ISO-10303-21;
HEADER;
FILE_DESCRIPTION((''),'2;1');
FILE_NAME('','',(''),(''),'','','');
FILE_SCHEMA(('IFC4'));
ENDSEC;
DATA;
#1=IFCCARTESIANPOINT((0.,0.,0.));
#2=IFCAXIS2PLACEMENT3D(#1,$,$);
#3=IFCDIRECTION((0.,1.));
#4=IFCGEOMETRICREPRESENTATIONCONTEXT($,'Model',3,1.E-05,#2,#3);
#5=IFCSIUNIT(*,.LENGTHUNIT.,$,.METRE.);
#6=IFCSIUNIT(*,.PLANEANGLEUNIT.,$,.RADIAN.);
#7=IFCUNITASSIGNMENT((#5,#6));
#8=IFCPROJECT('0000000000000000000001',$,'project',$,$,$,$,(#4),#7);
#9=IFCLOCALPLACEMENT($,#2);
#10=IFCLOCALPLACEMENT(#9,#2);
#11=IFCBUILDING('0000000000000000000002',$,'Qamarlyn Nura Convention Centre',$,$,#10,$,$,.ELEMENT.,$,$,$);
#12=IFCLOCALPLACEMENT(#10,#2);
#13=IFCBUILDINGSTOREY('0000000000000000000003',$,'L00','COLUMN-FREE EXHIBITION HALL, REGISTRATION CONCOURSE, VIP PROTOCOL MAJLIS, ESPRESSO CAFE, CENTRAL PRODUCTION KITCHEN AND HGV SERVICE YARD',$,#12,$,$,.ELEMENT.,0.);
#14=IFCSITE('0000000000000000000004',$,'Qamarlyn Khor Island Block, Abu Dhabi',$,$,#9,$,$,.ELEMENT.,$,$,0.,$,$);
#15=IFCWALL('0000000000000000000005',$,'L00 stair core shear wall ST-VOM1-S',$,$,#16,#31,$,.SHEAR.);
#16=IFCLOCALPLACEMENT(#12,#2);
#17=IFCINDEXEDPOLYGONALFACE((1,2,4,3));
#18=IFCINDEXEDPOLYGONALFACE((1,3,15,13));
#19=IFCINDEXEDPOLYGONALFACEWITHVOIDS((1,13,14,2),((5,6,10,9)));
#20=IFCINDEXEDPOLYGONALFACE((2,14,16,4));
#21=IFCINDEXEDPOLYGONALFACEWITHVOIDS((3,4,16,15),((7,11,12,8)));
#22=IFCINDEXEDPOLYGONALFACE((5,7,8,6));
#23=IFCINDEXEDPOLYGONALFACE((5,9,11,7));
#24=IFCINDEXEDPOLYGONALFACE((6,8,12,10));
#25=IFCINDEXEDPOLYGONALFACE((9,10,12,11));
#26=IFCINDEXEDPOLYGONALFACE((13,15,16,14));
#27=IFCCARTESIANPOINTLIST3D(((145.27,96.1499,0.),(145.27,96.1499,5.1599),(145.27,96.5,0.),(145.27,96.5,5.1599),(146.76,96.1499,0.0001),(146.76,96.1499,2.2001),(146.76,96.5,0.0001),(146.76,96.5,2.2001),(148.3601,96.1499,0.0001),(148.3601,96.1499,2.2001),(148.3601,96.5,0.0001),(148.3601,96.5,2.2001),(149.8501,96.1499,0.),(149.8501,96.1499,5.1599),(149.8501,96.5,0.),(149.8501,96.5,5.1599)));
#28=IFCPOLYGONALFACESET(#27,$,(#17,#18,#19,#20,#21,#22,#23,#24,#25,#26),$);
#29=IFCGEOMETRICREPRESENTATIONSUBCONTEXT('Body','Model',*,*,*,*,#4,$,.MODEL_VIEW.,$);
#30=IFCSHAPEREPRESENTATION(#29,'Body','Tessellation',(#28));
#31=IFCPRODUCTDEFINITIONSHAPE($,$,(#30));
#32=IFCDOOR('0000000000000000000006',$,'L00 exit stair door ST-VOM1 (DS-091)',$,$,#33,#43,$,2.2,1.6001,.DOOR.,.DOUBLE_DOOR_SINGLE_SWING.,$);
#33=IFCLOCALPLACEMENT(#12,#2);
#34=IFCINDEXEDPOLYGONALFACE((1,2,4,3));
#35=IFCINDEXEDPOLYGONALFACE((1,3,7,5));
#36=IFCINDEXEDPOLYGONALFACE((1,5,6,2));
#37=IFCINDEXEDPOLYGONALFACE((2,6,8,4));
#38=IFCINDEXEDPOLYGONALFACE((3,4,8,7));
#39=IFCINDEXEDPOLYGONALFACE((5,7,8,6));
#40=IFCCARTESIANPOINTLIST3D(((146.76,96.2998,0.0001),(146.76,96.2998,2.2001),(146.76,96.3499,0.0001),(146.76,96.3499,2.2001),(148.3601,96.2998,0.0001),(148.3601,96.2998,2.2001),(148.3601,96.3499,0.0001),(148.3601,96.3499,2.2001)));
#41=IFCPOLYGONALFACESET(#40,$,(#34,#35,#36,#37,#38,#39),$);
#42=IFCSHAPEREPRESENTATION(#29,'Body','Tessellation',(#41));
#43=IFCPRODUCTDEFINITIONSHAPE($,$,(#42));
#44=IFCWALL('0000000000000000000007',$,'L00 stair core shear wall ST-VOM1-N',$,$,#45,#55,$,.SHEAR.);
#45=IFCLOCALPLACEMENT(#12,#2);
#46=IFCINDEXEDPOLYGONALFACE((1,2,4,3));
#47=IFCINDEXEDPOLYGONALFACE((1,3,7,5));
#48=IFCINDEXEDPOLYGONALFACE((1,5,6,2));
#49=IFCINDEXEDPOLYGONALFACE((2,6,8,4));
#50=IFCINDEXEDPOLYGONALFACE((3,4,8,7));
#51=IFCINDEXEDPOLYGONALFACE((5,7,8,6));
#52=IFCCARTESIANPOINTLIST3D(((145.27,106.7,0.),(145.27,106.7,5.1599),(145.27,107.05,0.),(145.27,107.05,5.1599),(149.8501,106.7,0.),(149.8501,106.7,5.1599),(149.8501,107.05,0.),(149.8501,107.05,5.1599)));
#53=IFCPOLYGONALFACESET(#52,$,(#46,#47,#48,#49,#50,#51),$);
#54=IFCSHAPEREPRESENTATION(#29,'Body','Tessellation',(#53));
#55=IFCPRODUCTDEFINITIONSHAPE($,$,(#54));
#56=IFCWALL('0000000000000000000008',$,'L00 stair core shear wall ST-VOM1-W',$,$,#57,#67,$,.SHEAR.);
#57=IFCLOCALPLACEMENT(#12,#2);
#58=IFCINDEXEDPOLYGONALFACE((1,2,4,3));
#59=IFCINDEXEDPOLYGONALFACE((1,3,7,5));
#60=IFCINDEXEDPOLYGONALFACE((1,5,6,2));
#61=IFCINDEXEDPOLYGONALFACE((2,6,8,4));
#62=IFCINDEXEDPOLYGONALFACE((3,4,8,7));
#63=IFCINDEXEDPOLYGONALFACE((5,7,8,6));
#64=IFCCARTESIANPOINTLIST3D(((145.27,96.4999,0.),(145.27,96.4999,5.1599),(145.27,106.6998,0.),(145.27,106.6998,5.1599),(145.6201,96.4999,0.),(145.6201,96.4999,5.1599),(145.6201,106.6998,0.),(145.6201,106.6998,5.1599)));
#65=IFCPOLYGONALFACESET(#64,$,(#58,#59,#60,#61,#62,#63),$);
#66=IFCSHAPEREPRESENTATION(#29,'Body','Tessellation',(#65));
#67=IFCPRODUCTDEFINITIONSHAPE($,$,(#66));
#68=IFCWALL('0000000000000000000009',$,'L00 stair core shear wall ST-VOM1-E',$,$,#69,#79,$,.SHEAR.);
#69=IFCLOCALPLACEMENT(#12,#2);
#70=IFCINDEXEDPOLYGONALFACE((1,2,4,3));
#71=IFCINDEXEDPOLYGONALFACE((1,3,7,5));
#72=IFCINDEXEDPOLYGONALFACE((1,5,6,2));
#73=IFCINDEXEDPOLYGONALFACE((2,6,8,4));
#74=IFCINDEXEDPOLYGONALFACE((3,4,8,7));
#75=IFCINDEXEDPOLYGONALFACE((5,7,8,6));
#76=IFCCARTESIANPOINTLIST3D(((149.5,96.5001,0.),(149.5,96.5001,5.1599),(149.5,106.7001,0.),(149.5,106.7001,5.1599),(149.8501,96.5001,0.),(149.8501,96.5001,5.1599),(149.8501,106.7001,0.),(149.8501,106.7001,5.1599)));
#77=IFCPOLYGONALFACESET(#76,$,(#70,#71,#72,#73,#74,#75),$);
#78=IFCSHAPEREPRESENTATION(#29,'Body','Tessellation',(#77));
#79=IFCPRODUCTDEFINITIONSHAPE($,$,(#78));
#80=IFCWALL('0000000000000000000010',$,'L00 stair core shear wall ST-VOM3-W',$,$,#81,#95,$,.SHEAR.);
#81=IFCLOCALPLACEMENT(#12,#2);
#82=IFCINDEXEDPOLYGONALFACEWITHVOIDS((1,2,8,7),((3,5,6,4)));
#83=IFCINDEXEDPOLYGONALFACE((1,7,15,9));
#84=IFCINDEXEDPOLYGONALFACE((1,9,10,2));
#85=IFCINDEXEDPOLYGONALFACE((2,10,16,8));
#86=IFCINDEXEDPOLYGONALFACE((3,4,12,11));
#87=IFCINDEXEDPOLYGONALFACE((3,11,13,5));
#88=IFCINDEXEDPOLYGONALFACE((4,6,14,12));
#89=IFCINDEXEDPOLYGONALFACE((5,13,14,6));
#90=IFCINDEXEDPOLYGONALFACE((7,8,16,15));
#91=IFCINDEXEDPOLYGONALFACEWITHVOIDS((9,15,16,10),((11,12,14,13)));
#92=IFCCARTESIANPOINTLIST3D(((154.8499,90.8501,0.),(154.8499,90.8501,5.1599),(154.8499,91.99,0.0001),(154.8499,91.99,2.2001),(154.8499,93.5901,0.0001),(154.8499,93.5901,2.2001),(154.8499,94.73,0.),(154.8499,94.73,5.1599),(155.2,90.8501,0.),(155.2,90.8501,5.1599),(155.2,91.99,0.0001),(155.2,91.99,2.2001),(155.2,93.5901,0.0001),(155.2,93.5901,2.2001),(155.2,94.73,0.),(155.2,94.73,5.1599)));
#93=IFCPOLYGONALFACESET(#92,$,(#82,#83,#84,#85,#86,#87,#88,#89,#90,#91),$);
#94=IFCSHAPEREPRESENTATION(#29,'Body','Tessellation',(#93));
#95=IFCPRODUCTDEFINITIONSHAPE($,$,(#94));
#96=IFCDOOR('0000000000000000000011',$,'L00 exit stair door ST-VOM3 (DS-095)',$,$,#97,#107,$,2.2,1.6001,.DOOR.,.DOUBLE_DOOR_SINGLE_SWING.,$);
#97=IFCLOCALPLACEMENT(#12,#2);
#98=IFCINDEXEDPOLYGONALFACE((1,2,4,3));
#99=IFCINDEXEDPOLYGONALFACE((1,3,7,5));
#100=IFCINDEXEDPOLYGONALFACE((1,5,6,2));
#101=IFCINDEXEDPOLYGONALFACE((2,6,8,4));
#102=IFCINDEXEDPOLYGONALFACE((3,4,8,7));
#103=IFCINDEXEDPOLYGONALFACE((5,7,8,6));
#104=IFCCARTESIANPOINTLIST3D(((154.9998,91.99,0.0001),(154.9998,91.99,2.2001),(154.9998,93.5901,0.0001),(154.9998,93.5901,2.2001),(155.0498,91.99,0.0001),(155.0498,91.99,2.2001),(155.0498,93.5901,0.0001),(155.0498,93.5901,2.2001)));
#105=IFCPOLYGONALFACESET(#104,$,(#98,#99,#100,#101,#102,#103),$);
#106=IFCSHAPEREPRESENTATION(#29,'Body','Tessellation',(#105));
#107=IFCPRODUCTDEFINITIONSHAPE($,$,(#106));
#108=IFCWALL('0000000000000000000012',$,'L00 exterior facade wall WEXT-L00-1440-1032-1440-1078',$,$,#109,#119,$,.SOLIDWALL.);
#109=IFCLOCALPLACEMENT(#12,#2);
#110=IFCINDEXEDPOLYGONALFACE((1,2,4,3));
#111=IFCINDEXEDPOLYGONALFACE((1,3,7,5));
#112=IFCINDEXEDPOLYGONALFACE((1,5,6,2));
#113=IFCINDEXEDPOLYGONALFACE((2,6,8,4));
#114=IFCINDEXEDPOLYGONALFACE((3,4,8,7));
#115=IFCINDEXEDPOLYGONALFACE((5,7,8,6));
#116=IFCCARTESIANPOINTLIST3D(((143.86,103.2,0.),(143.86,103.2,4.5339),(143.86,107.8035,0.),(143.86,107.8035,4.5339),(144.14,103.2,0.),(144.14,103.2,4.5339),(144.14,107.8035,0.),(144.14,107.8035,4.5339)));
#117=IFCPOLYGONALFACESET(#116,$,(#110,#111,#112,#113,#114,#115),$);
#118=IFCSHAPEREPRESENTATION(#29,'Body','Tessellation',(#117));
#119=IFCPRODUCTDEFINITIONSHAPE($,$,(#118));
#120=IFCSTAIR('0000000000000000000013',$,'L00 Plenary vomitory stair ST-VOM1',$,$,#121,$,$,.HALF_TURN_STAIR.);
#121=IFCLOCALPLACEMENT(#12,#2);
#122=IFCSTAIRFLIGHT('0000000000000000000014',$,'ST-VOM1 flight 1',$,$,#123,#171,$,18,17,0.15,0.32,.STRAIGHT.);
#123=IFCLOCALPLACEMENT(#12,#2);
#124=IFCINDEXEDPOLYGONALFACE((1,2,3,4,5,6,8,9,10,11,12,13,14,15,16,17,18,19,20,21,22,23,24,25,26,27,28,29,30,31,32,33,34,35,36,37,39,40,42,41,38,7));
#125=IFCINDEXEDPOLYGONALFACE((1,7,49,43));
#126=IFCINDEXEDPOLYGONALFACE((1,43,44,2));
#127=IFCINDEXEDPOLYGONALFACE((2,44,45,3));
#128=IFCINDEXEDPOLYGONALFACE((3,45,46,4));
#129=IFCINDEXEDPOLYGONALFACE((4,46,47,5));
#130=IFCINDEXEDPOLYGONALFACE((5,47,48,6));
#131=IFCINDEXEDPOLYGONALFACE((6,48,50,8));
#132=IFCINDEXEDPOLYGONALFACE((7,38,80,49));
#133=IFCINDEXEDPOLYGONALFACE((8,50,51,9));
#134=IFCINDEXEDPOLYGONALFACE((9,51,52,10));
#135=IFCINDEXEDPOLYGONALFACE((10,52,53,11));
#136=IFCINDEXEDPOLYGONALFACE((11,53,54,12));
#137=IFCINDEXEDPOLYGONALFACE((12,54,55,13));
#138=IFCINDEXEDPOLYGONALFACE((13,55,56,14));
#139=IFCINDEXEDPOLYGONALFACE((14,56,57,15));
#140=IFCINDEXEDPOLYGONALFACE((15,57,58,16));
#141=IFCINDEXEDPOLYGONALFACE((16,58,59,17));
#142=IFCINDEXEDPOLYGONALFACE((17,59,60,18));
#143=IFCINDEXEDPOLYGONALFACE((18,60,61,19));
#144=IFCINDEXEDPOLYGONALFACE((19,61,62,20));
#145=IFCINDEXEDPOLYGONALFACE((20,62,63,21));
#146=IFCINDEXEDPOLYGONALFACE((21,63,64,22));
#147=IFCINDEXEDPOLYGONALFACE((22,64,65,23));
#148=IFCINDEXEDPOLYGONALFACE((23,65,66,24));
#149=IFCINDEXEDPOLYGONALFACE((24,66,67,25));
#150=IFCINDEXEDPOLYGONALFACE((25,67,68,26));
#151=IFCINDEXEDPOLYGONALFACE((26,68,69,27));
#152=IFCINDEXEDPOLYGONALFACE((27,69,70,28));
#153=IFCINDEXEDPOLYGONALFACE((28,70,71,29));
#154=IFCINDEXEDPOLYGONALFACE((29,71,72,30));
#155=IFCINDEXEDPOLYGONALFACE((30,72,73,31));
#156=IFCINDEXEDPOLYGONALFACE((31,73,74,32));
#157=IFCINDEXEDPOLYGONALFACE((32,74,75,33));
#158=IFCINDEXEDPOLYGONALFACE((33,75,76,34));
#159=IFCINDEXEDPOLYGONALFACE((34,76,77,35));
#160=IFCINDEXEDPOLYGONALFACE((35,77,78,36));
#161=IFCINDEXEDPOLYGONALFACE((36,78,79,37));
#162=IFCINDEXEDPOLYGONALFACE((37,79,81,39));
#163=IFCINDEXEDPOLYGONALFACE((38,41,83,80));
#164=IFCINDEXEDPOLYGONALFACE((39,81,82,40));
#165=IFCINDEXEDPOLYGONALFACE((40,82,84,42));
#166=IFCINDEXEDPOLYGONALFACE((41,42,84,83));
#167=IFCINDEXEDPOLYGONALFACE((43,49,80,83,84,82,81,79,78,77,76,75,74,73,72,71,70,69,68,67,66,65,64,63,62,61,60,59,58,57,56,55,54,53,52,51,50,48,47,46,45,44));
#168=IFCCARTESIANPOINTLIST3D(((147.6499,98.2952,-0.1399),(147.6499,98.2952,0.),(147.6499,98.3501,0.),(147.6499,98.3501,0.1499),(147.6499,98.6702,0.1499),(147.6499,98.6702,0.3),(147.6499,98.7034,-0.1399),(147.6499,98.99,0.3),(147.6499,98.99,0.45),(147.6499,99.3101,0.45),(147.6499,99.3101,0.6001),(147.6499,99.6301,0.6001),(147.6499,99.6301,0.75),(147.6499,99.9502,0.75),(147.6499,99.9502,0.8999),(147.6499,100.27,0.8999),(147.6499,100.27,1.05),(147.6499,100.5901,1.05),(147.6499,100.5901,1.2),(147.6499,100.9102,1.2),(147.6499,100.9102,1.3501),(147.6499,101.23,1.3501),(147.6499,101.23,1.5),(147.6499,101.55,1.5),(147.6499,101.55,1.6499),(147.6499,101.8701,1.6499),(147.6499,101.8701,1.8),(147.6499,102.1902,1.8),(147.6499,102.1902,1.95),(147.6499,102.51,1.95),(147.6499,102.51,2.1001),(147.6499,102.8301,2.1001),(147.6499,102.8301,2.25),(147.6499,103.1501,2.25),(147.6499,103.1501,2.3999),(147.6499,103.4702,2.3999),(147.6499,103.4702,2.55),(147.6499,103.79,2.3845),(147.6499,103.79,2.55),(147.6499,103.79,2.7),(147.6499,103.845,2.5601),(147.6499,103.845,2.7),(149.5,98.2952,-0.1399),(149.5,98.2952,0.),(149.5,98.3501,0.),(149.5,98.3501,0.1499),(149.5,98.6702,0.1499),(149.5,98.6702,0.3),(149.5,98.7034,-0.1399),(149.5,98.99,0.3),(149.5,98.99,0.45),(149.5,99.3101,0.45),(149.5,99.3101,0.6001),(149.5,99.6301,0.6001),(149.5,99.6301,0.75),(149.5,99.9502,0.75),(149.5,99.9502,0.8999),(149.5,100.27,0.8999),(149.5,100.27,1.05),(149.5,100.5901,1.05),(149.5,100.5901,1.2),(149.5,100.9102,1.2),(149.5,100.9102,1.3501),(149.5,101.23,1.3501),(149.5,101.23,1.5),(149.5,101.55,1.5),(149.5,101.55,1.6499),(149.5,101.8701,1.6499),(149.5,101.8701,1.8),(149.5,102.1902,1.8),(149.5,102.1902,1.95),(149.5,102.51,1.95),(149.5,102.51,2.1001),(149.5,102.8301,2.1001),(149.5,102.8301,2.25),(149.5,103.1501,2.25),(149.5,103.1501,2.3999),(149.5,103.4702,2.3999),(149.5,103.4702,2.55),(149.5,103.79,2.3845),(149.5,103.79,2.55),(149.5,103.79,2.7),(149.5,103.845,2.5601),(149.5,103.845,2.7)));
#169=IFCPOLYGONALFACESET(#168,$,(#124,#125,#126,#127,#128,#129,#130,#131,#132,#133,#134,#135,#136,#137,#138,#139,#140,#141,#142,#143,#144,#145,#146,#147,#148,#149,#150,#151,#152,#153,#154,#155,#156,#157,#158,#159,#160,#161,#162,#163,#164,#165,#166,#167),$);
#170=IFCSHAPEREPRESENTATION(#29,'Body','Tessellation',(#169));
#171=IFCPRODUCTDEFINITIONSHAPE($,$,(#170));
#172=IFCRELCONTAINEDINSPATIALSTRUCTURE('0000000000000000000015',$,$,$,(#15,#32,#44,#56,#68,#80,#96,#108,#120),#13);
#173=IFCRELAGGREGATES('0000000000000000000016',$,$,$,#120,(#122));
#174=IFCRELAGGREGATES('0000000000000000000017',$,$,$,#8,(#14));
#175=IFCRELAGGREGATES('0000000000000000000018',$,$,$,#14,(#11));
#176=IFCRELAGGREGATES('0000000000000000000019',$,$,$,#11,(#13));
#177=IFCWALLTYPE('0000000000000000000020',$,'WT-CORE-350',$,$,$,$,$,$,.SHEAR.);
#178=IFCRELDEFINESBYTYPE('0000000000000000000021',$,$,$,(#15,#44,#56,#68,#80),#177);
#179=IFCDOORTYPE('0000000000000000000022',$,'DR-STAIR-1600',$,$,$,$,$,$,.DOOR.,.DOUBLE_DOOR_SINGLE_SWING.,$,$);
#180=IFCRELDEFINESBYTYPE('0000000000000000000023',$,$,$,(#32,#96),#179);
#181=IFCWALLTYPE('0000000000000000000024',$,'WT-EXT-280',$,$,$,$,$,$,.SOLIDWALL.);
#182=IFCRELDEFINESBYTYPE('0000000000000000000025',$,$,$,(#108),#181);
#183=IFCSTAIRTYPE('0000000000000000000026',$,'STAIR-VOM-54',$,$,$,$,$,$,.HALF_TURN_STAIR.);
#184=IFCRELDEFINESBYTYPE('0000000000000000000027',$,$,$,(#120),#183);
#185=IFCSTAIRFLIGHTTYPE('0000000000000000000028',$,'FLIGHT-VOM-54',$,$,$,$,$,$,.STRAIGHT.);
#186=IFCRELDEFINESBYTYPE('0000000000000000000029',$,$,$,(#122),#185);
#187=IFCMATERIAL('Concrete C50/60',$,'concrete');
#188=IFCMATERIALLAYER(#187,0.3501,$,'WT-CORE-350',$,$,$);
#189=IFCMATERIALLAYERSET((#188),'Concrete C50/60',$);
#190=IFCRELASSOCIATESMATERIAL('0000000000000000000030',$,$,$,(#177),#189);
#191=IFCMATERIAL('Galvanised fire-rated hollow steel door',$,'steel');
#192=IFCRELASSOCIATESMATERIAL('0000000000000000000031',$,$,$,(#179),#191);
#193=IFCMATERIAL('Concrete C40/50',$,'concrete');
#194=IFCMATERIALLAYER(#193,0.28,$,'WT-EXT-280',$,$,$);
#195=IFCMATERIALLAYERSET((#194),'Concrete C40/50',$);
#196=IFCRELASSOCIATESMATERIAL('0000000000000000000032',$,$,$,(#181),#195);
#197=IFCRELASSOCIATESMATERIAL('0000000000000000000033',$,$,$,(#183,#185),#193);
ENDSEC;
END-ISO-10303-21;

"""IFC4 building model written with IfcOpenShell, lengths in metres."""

from ifc_helpers import new_model, si_unit, direction, frame, frame_2d, origin, place, context, subcontext, project, spatial, polyline, rectangle, outline, extrude, material, layer, layer_set, type_object, element, fill, aggregate, save


model = new_model("IFC4")

# Units and contexts
model_context = context("Model", 3, precision=1e-05, world=origin(), true_north=direction((0.0, 1.0)))
body_context = subcontext(model_context, "Body", "Model", "MODEL_VIEW")
ifc_project = project(units=[si_unit("LENGTHUNIT", "METRE"), si_unit("PLANEANGLEUNIT", "RADIAN")], contexts=[model_context])

# Site, building, storey
site_placement = place(None, origin())
site = spatial("IfcSite", under=ifc_project, at=site_placement, Name="Qamarlyn Khor Island Block, Abu Dhabi", CompositionType="ELEMENT", RefElevation=0.0)
building_placement = place(site_placement, origin())
building = spatial("IfcBuilding", under=site, at=building_placement, Name="Qamarlyn Nura Convention Centre", CompositionType="ELEMENT")
storey_placement = place(building_placement, origin())
storey = spatial("IfcBuildingStorey", under=building, at=storey_placement, Name="L00", Description="COLUMN-FREE EXHIBITION HALL, REGISTRATION CONCOURSE, VIP PROTOCOL MAJLIS, ESPRESSO CAFE, CENTRAL PRODUCTION KITCHEN AND HGV SERVICE YARD", CompositionType="ELEMENT", Elevation=0.0)

# Wall, opening, door
ifc_material_1 = material(Name="Concrete C50/60", Category="concrete")
ifc_layer_1 = layer(ifc_material_1, 0.3501, Name="WT-CORE-350")
ifc_layer_set_1 = layer_set([ifc_layer_1], Name="Concrete C50/60")
wall_type_1 = type_object("IfcWallType", Name="WT-CORE-350", PredefinedType="SHEAR", material=ifc_layer_set_1)
wall_1_placement = place(storey_placement, frame((145.27, 96.325, 0.0), z_axis=(0.0, 0.0, 1.0), x_axis=(1.0, 0.0, 0.0)))
wall_1 = element("IfcWall", 1, at=wall_1_placement, inside=storey, type_object=wall_type_1, Name="L00 stair core shear wall ST-VOM1-S", PredefinedType="SHEAR", context=body_context, shape_type="SweptSolid", body=[
    extrude(rectangle(XDim=4.5801, YDim=0.3501, at=frame_2d((2.29, 0.0))), origin(), (0.0, 0.0, 1.0), 5.1599),
])
opening_1_placement = place(wall_1_placement, frame((1.49, 0.0, 0.0)))
opening_1 = element("IfcOpeningElement", 2, at=opening_1_placement, cuts=wall_1, PredefinedType="OPENING", context=body_context, shape_type="SweptSolid", body=[
    extrude(rectangle(XDim=1.6001, YDim=2.2, at=frame_2d((0.8, 1.1001))), frame((0.0, 0.1851, 0.0), z_axis=(0.0, -1.0, 0.0), x_axis=(1.0, 0.0, 0.0)), (0.0, 0.0, 1.0), 0.3701),
])
ifc_material_2 = material(Name="Galvanised fire-rated hollow steel door", Category="steel")
door_type = type_object("IfcDoorType", Name="DR-STAIR-1600", OperationType="DOUBLE_DOOR_SINGLE_SWING", PredefinedType="DOOR", material=ifc_material_2)
door_1_placement = place(opening_1_placement, origin())
door_1 = element("IfcDoor", 3, at=door_1_placement, inside=storey, type_object=door_type, Name="L00 exit stair door ST-VOM1 (DS-091)", OperationType="DOUBLE_DOOR_SINGLE_SWING", OverallHeight=2.2, OverallWidth=1.6001, PredefinedType="DOOR", context=body_context, shape_type="SweptSolid", body=[
    extrude(rectangle(XDim=1.6001, YDim=2.2, at=frame_2d((0.8, 1.1001))), frame((0.0, 0.0249, 0.0), z_axis=(0.0, -1.0, 0.0), x_axis=(1.0, 0.0, 0.0)), (0.0, 0.0, 1.0), 0.05),
])
fill(opening_1, door_1)

# Walls
wall_2_placement = place(storey_placement, frame((149.8501, 106.875, 0.0), z_axis=(0.0, 0.0, 1.0), x_axis=(-1.0, 0.0, 0.0)))
element("IfcWall", 4, at=wall_2_placement, inside=storey, type_object=wall_type_1, Name="L00 stair core shear wall ST-VOM1-N", PredefinedType="SHEAR", context=body_context, shape_type="SweptSolid", body=[
    extrude(rectangle(XDim=4.5801, YDim=0.3501, at=frame_2d((2.29, 0.0))), origin(), (0.0, 0.0, 1.0), 5.1599),
])
for number, where, z_axis, x_axis, name in (
    (5, (145.4451, 106.7, 0.0), (0.0, 0.0, 1.0), (0.0, -1.0, 0.0), "L00 stair core shear wall ST-VOM1-W"),
    (6, (149.675, 96.5, 0.0), (0.0, 0.0, 1.0), (0.0, 1.0, 0.0), "L00 stair core shear wall ST-VOM1-E"),
):
    element("IfcWall", number, at=place(storey_placement, frame(where, z_axis=z_axis, x_axis=x_axis)), inside=storey, type_object=wall_type_1, Name=name, PredefinedType="SHEAR", context=body_context, shape_type="SweptSolid", body=[
        extrude(rectangle(XDim=10.2, YDim=0.3501, at=frame_2d((5.1001, 0.0))), origin(), (0.0, 0.0, 1.0), 5.1599),
    ])

# Wall, opening, door
wall_3_placement = place(storey_placement, frame((155.0249, 94.73, 0.0), z_axis=(0.0, 0.0, 1.0), x_axis=(0.0, -1.0, 0.0)))
wall_3 = element("IfcWall", 7, at=wall_3_placement, inside=storey, type_object=wall_type_1, Name="L00 stair core shear wall ST-VOM3-W", PredefinedType="SHEAR", context=body_context, shape_type="SweptSolid", body=[
    extrude(rectangle(XDim=3.8799, YDim=0.3501, at=frame_2d((1.9399, 0.0))), origin(), (0.0, 0.0, 1.0), 5.1599),
])
opening_2_placement = place(wall_3_placement, frame((1.1399, 0.0, 0.0)))
opening_2 = element("IfcOpeningElement", 8, at=opening_2_placement, cuts=wall_3, PredefinedType="OPENING", context=body_context, shape_type="SweptSolid", body=[
    extrude(rectangle(XDim=1.6001, YDim=2.2, at=frame_2d((0.8, 1.1001))), frame((0.0, 0.1851, 0.0), z_axis=(0.0, -1.0, 0.0), x_axis=(1.0, 0.0, 0.0)), (0.0, 0.0, 1.0), 0.3701),
])
door_2_placement = place(opening_2_placement, origin())
door_2 = element("IfcDoor", 9, at=door_2_placement, inside=storey, type_object=door_type, Name="L00 exit stair door ST-VOM3 (DS-095)", OperationType="DOUBLE_DOOR_SINGLE_SWING", OverallHeight=2.2, OverallWidth=1.6001, PredefinedType="DOOR", context=body_context, shape_type="SweptSolid", body=[
    extrude(rectangle(XDim=1.6001, YDim=2.2, at=frame_2d((0.8, 1.1001))), frame((0.0, 0.0249, 0.0), z_axis=(0.0, -1.0, 0.0), x_axis=(1.0, 0.0, 0.0)), (0.0, 0.0, 1.0), 0.05),
])
fill(opening_2, door_2)

# Wall
ifc_material_3 = material(Name="Concrete C40/50", Category="concrete")
ifc_layer_2 = layer(ifc_material_3, 0.28, Name="WT-EXT-280")
ifc_layer_set_2 = layer_set([ifc_layer_2], Name="Concrete C40/50")
wall_type_2 = type_object("IfcWallType", Name="WT-EXT-280", PredefinedType="SOLIDWALL", material=ifc_layer_set_2)
wall_4_placement = place(storey_placement, frame((144.0, 103.2, 0.0), z_axis=(0.0, 0.0, 1.0), x_axis=(0.0, 1.0, 0.0)))
element("IfcWall", 10, at=wall_4_placement, inside=storey, type_object=wall_type_2, Name="L00 exterior facade wall WEXT-L00-1440-1032-1440-1078", PredefinedType="SOLIDWALL", context=body_context, shape_type="SweptSolid", body=[
    extrude(rectangle(XDim=4.6035, YDim=0.28, at=frame_2d((2.3018, 0.0))), origin(), (0.0, 0.0, 1.0), 4.5339),
])

# Stair, stair flight
stair_type = type_object("IfcStairType", Name="STAIR-VOM-54", PredefinedType="HALF_TURN_STAIR", material=ifc_material_3)
stair_1_placement = place(storey_placement, origin())
stair_1 = element("IfcStair", 11, at=stair_1_placement, inside=storey, type_object=stair_type, Name="L00 Plenary vomitory stair ST-VOM1", PredefinedType="HALF_TURN_STAIR")
stair_flight_type = type_object("IfcStairFlightType", Name="FLIGHT-VOM-54", PredefinedType="STRAIGHT", material=ifc_material_3)
stair_flight_1_placement = place(storey_placement, frame((148.575, 98.3501, 0.0), z_axis=(0.0, 0.0, 1.0), x_axis=(0.0, 1.0, 0.0)))
stair_flight_1 = element("IfcStairFlight", 12, at=stair_flight_1_placement, type_object=stair_flight_type, Name="ST-VOM1 flight 1", NumberOfRisers=18, NumberOfTreads=17, PredefinedType="STRAIGHT", RiserHeight=0.15, TreadLength=0.32, context=body_context, shape_type="SweptSolid", body=[
    extrude(outline(polyline([(-0.0549, 0.0), (0.0, 0.0), (0.0, 0.1499), (0.3201, 0.1499), (0.3201, 0.3), (0.6399, 0.3), (0.6399, 0.45), (0.96, 0.45), (0.96, 0.6001), (1.28, 0.6001), (1.28, 0.75), (1.6001, 0.75), (1.6001, 0.8999), (1.9199, 0.8999), (1.9199, 1.05), (2.24, 1.05), (2.24, 1.2), (2.5601, 1.2), (2.5601, 1.3501), (2.8799, 1.3501), (2.8799, 1.5), (3.2, 1.5), (3.2, 1.6499), (3.52, 1.6499), (3.52, 1.8), (3.8401, 1.8), (3.8401, 1.95), (4.1599, 1.95), (4.1599, 2.1001), (4.48, 2.1001), (4.48, 2.25), (4.8, 2.25), (4.8, 2.3999), (5.1201, 2.3999), (5.1201, 2.55), (5.4399, 2.55), (5.4399, 2.7), (5.4949, 2.7), (5.4949, 2.5601), (5.4399, 2.3845), (0.3533, -0.1399), (-0.0549, -0.1399), (-0.0549, 0.0)])), frame((0.0, 0.925, 0.0), z_axis=(0.0, -1.0, 0.0), x_axis=(1.0, 0.0, 0.0)), (0.0, 0.0, 1.0), 1.8501),
])
aggregate(stair_1, [stair_flight_1])

save(model, "model.ifc")
